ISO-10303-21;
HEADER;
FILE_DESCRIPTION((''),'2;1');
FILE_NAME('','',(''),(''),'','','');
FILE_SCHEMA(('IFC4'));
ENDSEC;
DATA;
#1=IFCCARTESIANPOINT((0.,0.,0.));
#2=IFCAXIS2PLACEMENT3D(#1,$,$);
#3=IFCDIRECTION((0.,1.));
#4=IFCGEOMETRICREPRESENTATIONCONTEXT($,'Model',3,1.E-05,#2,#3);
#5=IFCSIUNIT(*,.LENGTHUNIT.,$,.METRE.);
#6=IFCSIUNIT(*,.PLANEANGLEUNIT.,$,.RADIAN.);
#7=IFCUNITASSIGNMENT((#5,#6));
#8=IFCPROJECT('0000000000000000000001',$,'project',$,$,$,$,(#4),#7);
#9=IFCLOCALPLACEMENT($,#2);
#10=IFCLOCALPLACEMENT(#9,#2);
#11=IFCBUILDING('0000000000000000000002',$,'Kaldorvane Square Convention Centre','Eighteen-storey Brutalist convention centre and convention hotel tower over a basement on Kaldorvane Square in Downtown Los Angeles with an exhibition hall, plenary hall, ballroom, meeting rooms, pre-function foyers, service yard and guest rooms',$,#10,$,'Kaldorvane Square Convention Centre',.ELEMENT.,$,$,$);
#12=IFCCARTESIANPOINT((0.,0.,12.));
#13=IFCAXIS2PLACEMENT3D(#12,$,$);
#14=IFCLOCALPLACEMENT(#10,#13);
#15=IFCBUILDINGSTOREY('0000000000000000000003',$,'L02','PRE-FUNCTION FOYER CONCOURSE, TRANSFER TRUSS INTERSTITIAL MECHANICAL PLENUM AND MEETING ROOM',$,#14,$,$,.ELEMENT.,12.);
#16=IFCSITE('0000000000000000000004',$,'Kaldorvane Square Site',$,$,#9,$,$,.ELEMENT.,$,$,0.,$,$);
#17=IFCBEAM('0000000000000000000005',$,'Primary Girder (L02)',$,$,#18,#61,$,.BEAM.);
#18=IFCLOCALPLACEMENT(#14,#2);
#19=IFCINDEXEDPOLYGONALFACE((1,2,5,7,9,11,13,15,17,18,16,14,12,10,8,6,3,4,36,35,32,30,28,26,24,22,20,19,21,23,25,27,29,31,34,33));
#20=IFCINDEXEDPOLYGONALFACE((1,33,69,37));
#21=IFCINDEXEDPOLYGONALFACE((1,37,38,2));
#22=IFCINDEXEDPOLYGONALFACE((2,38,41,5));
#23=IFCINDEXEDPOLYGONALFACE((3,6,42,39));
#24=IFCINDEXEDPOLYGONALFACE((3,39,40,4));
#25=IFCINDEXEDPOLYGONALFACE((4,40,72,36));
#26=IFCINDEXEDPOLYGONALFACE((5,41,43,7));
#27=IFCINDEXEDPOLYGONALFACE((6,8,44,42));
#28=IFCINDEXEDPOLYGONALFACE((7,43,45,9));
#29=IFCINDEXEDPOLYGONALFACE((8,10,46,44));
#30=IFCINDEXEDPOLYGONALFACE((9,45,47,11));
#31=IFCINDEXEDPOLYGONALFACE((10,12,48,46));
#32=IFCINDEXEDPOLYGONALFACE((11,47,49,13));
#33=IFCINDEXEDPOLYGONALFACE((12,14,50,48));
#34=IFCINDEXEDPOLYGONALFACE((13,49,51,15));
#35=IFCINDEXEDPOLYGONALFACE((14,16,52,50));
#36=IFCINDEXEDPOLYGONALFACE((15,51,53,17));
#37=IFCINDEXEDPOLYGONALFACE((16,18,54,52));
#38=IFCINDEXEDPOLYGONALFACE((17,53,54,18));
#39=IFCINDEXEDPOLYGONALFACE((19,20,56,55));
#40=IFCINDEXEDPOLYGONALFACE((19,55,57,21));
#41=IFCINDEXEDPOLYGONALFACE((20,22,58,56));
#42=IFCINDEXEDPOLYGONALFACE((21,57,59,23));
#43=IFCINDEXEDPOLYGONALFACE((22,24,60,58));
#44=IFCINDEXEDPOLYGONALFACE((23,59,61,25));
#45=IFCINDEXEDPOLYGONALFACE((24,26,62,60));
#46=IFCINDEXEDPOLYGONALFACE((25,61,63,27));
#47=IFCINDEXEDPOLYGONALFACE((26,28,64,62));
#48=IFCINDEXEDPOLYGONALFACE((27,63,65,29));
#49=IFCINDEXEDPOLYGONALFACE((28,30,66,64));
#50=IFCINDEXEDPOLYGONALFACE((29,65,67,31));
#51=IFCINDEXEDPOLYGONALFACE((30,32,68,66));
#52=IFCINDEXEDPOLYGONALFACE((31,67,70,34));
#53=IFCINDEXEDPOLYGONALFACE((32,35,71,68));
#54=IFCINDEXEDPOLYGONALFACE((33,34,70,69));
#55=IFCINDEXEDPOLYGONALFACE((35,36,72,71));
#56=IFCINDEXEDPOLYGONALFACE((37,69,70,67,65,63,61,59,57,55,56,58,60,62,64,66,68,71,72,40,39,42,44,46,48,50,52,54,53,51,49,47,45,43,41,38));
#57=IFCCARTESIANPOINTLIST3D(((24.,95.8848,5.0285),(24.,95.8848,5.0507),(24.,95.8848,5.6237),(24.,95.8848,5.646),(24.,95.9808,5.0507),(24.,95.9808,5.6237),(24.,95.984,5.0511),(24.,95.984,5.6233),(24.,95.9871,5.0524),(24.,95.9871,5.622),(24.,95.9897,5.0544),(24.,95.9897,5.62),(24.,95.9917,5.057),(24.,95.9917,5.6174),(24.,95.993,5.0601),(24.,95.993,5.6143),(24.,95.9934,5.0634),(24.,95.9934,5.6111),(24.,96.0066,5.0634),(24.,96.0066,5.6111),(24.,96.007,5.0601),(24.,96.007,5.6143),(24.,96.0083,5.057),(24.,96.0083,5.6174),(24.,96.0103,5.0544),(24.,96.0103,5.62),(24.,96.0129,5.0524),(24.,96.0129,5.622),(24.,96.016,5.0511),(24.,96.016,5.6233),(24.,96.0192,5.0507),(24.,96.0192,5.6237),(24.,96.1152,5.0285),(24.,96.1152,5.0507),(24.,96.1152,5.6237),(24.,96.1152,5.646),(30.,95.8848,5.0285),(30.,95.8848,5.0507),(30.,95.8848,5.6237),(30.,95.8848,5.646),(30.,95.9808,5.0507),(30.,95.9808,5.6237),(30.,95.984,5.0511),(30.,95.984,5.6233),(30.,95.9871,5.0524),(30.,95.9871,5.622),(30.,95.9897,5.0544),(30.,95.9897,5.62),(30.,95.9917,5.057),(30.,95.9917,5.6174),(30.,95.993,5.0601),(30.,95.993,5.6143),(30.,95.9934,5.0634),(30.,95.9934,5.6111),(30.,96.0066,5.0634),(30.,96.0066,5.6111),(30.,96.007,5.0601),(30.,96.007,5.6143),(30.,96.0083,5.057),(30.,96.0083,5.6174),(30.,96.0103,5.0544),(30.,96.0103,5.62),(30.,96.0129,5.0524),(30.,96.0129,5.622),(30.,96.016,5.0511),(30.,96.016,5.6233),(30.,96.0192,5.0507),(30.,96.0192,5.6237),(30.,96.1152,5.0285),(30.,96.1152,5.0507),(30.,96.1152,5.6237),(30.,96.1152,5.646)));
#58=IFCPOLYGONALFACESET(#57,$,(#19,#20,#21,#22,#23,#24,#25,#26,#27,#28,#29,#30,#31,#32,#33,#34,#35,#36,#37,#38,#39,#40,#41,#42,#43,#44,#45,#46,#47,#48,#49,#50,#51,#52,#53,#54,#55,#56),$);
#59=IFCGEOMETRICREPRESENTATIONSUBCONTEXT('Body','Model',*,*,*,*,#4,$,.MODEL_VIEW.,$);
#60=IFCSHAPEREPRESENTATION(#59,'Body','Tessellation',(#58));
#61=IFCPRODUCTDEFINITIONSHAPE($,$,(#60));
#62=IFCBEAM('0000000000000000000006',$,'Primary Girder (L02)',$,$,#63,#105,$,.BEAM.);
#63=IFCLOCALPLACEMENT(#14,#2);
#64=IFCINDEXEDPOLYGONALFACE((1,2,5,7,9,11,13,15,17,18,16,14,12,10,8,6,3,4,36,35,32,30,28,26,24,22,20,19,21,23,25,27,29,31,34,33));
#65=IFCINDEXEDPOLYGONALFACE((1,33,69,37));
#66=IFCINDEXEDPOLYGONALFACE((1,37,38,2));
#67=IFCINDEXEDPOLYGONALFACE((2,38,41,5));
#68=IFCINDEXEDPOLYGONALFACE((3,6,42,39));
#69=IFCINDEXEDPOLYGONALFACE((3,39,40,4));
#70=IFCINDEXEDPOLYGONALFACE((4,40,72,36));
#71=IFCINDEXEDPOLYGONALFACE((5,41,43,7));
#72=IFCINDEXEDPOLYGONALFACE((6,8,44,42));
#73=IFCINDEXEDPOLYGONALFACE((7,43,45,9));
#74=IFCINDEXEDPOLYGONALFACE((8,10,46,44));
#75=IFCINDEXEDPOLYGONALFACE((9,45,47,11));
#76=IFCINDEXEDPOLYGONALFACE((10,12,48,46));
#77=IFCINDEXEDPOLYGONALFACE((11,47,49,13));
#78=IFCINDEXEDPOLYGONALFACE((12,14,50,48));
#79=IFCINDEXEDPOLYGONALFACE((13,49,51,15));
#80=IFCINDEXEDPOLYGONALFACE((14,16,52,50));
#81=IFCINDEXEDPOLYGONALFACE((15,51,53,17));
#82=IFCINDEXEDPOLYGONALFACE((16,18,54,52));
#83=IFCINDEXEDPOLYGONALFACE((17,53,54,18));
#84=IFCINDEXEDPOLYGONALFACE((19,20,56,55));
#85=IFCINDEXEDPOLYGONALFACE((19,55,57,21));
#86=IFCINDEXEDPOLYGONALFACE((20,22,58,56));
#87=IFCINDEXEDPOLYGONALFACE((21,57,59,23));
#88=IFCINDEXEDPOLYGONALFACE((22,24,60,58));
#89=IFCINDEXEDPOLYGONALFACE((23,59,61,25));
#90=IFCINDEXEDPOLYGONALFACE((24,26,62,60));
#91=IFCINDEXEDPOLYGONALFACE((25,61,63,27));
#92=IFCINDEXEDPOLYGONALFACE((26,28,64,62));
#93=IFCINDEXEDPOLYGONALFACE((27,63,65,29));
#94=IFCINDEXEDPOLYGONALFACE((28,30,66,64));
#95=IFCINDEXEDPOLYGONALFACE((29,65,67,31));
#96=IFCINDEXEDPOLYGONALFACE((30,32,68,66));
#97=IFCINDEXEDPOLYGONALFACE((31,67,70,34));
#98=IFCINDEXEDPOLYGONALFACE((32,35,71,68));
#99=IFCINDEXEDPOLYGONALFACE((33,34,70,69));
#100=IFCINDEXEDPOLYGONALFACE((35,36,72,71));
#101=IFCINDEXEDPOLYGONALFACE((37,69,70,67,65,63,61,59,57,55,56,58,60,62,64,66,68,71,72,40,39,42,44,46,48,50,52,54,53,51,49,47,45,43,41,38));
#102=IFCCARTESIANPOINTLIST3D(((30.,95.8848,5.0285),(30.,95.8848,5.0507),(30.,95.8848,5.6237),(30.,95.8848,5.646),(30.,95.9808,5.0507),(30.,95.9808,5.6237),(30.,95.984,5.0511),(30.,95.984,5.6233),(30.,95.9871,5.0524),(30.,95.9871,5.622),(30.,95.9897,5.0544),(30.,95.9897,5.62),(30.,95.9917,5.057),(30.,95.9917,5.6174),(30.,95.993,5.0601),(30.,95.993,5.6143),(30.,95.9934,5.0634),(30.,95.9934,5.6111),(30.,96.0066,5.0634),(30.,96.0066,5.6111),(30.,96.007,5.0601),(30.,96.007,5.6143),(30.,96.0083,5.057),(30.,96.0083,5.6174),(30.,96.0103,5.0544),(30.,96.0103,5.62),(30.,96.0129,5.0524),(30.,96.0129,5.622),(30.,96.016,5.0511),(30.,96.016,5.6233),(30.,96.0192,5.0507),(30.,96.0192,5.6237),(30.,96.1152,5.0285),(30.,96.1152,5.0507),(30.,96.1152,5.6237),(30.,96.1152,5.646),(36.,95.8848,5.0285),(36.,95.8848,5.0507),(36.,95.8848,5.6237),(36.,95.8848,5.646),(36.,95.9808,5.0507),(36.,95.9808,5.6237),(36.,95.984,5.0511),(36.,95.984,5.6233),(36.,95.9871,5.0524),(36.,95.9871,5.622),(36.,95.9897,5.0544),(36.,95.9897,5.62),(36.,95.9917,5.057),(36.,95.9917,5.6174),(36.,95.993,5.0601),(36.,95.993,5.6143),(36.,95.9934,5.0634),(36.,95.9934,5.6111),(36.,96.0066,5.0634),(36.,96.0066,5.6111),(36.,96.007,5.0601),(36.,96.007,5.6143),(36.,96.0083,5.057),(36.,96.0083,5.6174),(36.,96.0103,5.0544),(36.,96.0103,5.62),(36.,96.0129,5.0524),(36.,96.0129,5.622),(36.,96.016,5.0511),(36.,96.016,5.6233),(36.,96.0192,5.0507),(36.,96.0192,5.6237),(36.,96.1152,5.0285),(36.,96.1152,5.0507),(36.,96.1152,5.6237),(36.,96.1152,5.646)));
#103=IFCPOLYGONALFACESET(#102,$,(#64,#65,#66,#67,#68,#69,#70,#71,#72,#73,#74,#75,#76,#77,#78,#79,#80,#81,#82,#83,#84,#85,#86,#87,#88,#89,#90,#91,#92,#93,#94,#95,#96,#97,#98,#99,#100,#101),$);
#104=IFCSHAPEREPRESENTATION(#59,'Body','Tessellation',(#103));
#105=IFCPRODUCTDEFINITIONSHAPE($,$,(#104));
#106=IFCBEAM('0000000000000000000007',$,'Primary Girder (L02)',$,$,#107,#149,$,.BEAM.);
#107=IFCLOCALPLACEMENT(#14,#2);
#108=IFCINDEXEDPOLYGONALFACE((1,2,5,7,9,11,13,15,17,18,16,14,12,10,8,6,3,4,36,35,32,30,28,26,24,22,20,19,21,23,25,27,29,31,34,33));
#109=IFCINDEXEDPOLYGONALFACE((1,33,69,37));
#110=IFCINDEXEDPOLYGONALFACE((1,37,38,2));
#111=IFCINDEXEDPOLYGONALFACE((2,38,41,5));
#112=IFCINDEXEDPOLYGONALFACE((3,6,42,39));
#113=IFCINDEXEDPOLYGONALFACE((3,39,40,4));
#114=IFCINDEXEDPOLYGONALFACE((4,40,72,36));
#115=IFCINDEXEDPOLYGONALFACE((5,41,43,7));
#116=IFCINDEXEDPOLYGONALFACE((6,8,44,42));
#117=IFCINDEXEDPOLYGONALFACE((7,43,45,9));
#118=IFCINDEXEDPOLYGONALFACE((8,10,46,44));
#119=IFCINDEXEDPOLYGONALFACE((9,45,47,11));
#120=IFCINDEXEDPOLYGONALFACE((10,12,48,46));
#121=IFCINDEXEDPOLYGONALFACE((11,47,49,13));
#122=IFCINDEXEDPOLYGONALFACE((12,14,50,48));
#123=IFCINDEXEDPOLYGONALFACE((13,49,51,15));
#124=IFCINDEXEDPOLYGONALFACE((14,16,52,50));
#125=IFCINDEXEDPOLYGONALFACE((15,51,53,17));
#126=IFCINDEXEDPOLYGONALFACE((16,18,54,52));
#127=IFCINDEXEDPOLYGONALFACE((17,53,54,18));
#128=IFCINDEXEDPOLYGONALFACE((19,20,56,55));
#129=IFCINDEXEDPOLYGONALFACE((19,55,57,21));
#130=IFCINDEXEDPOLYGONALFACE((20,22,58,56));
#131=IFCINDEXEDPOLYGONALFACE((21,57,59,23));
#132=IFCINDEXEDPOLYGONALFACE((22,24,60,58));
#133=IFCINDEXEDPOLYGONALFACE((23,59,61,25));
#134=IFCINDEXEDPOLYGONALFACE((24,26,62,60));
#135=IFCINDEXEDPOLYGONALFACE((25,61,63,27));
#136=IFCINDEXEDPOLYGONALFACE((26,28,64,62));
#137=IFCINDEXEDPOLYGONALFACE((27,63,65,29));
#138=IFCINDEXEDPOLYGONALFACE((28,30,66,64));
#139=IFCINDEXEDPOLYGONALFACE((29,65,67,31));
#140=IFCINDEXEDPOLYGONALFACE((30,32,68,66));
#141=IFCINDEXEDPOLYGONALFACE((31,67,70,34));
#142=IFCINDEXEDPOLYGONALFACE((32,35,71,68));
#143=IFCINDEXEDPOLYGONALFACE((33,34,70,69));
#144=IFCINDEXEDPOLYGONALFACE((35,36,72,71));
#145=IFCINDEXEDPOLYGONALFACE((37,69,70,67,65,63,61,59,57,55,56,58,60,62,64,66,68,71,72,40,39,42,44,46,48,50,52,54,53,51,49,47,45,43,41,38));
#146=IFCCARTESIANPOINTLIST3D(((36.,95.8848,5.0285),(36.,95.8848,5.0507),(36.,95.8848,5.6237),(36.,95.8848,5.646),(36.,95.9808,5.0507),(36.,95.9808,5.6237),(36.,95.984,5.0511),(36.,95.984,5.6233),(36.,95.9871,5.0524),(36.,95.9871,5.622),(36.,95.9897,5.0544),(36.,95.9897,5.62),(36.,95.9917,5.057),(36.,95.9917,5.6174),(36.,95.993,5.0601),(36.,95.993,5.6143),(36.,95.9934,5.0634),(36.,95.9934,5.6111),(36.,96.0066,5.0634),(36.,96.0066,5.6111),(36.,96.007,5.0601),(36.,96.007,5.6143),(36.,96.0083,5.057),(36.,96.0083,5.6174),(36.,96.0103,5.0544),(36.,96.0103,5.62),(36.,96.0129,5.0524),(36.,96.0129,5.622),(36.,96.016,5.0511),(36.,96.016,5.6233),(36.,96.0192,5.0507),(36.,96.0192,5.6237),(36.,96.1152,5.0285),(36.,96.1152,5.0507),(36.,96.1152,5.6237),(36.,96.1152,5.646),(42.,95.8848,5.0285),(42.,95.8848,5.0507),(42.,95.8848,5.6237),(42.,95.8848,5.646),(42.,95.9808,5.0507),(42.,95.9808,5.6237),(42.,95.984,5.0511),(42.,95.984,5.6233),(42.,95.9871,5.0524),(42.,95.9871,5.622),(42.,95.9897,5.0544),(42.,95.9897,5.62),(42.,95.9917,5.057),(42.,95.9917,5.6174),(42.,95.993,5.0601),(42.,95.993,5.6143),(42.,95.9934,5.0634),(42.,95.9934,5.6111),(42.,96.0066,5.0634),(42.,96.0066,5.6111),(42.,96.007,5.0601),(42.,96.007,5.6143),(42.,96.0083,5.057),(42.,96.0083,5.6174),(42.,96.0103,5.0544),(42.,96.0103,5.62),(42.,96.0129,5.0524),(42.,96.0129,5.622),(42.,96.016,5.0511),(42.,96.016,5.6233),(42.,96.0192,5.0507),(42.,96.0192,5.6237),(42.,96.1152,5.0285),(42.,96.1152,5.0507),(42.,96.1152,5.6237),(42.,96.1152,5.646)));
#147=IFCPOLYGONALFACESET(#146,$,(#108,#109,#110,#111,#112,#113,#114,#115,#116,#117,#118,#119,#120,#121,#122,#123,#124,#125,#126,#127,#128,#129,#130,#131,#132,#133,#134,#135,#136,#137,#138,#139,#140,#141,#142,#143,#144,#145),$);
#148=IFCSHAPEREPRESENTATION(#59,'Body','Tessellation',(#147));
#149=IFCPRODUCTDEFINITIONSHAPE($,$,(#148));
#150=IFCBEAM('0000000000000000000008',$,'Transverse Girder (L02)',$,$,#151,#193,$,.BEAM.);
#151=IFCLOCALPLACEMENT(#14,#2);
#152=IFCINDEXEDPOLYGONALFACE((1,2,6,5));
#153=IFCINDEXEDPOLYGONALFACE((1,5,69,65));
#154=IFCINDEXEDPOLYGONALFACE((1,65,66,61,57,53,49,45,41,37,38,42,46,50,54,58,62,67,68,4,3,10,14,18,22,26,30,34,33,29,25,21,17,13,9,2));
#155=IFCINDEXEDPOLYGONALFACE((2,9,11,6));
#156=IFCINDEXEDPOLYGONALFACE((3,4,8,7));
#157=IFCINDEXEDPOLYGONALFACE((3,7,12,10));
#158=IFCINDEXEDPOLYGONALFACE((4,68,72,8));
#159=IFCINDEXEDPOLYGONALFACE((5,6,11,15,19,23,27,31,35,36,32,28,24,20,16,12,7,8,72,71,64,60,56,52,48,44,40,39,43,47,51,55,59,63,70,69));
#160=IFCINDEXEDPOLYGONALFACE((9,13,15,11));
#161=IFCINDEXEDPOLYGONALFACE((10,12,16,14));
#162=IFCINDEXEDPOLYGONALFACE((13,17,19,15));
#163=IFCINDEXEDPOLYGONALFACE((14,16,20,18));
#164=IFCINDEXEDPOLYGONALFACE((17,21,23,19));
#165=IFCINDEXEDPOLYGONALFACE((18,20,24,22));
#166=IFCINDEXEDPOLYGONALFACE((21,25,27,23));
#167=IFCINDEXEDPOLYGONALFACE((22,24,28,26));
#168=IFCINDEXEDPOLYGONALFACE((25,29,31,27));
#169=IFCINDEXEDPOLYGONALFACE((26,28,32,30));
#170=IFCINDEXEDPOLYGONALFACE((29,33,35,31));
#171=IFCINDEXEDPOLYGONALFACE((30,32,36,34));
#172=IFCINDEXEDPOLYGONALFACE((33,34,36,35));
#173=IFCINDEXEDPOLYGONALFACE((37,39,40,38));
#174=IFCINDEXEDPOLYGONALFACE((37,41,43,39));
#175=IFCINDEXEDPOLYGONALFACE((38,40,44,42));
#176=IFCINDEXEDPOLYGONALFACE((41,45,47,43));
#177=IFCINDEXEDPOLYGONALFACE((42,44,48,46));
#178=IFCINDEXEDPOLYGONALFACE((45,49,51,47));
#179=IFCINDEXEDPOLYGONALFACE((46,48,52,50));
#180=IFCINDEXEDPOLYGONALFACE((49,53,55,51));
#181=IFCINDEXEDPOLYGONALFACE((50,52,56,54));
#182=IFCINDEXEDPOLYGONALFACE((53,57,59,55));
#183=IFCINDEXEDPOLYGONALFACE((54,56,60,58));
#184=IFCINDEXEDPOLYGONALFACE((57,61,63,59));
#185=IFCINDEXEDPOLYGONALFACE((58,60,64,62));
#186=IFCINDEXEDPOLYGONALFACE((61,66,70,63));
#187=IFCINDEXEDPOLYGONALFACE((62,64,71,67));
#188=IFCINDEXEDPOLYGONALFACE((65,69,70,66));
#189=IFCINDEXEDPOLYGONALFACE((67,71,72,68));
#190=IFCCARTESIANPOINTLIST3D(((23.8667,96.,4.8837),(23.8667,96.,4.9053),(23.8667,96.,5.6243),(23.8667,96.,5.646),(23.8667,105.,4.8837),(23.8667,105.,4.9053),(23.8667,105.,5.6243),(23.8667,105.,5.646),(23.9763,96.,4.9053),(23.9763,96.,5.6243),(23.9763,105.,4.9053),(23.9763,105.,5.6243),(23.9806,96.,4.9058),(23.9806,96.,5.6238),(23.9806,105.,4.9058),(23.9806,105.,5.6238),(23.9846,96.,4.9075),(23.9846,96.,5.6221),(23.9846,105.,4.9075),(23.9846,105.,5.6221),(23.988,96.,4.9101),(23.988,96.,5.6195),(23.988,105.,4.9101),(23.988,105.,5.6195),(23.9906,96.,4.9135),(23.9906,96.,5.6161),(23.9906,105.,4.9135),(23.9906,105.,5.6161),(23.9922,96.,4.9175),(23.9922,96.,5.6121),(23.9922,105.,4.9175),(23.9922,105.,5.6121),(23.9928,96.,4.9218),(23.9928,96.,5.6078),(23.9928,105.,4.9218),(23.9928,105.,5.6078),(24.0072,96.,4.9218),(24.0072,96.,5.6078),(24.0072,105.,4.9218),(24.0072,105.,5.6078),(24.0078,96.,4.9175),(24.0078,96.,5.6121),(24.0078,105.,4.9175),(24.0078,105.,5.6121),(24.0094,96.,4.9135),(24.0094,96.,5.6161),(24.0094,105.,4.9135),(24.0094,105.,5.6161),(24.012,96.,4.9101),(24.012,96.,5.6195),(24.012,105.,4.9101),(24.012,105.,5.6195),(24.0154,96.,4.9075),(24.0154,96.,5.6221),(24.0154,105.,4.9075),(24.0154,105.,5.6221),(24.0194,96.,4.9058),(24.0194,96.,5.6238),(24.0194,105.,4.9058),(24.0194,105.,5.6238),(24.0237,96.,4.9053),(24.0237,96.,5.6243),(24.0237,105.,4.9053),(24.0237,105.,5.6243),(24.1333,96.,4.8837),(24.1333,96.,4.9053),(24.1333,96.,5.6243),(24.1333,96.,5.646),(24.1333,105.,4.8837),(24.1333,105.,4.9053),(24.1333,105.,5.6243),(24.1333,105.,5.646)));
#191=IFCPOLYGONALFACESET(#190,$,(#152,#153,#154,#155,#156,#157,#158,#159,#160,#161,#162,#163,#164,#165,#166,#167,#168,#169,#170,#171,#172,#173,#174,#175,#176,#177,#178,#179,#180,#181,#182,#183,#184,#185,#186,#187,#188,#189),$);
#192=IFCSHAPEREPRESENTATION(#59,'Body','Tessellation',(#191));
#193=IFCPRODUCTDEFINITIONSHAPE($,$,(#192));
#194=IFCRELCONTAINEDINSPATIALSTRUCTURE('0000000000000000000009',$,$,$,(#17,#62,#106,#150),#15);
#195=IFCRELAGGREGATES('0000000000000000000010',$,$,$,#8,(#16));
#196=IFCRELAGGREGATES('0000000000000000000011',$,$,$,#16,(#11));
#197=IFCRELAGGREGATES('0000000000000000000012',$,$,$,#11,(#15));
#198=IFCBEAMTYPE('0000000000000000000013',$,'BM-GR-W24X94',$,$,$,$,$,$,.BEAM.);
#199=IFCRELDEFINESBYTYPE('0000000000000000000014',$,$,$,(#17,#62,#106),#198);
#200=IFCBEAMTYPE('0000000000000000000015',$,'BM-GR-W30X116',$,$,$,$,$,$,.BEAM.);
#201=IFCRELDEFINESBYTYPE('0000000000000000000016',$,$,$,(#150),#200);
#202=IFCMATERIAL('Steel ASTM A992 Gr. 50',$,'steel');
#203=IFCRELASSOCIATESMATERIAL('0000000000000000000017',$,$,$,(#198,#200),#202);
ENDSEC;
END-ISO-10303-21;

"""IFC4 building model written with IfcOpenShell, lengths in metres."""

from ifc_helpers import new_model, si_unit, direction, frame, origin, origin_2d, place, context, subcontext, project, spatial, i_section, extrude, material, material_profile, profile_set, type_object, element, save


model = new_model("IFC4")

# Units and contexts
model_context = context("Model", 3, precision=1e-05, world=origin(), true_north=direction((0.0, 1.0)))
body_context = subcontext(model_context, "Body", "Model", "MODEL_VIEW")
ifc_project = project(units=[si_unit("LENGTHUNIT", "METRE"), si_unit("PLANEANGLEUNIT", "RADIAN")], contexts=[model_context])

# Site, building, storey
site_placement = place(None, origin())
site = spatial("IfcSite", under=ifc_project, at=site_placement, Name="Kaldorvane Square Site", CompositionType="ELEMENT", RefElevation=0.0)
building_placement = place(site_placement, origin())
building = spatial("IfcBuilding", under=site, at=building_placement, Name="Kaldorvane Square Convention Centre", Description="Eighteen-storey Brutalist convention centre and convention hotel tower over a basement on Kaldorvane Square in Downtown Los Angeles with an exhibition hall, plenary hall, ballroom, meeting rooms, pre-function foyers, service yard and guest rooms", LongName="Kaldorvane Square Convention Centre", CompositionType="ELEMENT")
storey_placement = place(building_placement, frame((0.0, 0.0, 12.0)))
storey = spatial("IfcBuildingStorey", under=building, at=storey_placement, Name="L02", Description="PRE-FUNCTION FOYER CONCOURSE, TRANSFER TRUSS INTERSTITIAL MECHANICAL PLENUM AND MEETING ROOM", CompositionType="ELEMENT", Elevation=12.0)

# Shared definitions
ifc_material_1 = material(Name="Steel ASTM A992 Gr. 50", Category="steel")

# Beams
ifc_material_profile_1 = material_profile(ifc_material_1, i_section(OverallWidth=0.2303, OverallDepth=0.6175, WebThickness=0.0131, FlangeThickness=0.0222, FilletRadius=0.0127, at=origin_2d()), Name="W24X94")
ifc_profile_set_1 = profile_set([ifc_material_profile_1], Name="Steel ASTM A992 Gr. 50")
beam_type_1 = type_object("IfcBeamType", Name="BM-GR-W24X94", PredefinedType="BEAM", material=ifc_profile_set_1)
for number, where, z_axis, x_axis, name in (
    (1, (24.0, 96.0, 5.3372), (1.0, 0.0, 0.0), (0.0, 1.0, 0.0), "Primary Girder (L02)"),
    (2, (30.0, 96.0, 5.3372), (1.0, 0.0, 0.0), (0.0, 1.0, 0.0), "Primary Girder (L02)"),
    (3, (36.0, 96.0, 5.3372), (1.0, 0.0, 0.0), (0.0, 1.0, 0.0), "Primary Girder (L02)"),
):
    element("IfcBeam", number, at=place(storey_placement, frame(where, z_axis=z_axis, x_axis=x_axis)), inside=storey, type_object=beam_type_1, Name=name, PredefinedType="BEAM", context=body_context, shape_type="SweptSolid", body=[
        extrude(i_section(OverallWidth=0.2303, OverallDepth=0.6175, WebThickness=0.0131, FlangeThickness=0.0222, FilletRadius=0.0127, at=origin_2d()), origin(), (0.0, 0.0, 1.0), 6.0),
    ])
ifc_material_profile_2 = material_profile(ifc_material_1, i_section(OverallWidth=0.2666, OverallDepth=0.7623, WebThickness=0.0144, FlangeThickness=0.0216, FilletRadius=0.0165, at=origin_2d()), Name="W30X116")
ifc_profile_set_2 = profile_set([ifc_material_profile_2], Name="Steel ASTM A992 Gr. 50")
beam_type_2 = type_object("IfcBeamType", Name="BM-GR-W30X116", PredefinedType="BEAM", material=ifc_profile_set_2)
for number, where, z_axis, x_axis, name in (
    (4, (24.0, 96.0, 5.2648), (0.0, 1.0, 0.0), (-1.0, 0.0, 0.0), "Transverse Girder (L02)"),
):
    element("IfcBeam", number, at=place(storey_placement, frame(where, z_axis=z_axis, x_axis=x_axis)), inside=storey, type_object=beam_type_2, Name=name, PredefinedType="BEAM", context=body_context, shape_type="SweptSolid", body=[
        extrude(i_section(OverallWidth=0.2666, OverallDepth=0.7623, WebThickness=0.0144, FlangeThickness=0.0216, FilletRadius=0.0165, at=origin_2d()), origin(), (0.0, 0.0, 1.0), 9.0),
    ])

save(model, "model.ifc")
